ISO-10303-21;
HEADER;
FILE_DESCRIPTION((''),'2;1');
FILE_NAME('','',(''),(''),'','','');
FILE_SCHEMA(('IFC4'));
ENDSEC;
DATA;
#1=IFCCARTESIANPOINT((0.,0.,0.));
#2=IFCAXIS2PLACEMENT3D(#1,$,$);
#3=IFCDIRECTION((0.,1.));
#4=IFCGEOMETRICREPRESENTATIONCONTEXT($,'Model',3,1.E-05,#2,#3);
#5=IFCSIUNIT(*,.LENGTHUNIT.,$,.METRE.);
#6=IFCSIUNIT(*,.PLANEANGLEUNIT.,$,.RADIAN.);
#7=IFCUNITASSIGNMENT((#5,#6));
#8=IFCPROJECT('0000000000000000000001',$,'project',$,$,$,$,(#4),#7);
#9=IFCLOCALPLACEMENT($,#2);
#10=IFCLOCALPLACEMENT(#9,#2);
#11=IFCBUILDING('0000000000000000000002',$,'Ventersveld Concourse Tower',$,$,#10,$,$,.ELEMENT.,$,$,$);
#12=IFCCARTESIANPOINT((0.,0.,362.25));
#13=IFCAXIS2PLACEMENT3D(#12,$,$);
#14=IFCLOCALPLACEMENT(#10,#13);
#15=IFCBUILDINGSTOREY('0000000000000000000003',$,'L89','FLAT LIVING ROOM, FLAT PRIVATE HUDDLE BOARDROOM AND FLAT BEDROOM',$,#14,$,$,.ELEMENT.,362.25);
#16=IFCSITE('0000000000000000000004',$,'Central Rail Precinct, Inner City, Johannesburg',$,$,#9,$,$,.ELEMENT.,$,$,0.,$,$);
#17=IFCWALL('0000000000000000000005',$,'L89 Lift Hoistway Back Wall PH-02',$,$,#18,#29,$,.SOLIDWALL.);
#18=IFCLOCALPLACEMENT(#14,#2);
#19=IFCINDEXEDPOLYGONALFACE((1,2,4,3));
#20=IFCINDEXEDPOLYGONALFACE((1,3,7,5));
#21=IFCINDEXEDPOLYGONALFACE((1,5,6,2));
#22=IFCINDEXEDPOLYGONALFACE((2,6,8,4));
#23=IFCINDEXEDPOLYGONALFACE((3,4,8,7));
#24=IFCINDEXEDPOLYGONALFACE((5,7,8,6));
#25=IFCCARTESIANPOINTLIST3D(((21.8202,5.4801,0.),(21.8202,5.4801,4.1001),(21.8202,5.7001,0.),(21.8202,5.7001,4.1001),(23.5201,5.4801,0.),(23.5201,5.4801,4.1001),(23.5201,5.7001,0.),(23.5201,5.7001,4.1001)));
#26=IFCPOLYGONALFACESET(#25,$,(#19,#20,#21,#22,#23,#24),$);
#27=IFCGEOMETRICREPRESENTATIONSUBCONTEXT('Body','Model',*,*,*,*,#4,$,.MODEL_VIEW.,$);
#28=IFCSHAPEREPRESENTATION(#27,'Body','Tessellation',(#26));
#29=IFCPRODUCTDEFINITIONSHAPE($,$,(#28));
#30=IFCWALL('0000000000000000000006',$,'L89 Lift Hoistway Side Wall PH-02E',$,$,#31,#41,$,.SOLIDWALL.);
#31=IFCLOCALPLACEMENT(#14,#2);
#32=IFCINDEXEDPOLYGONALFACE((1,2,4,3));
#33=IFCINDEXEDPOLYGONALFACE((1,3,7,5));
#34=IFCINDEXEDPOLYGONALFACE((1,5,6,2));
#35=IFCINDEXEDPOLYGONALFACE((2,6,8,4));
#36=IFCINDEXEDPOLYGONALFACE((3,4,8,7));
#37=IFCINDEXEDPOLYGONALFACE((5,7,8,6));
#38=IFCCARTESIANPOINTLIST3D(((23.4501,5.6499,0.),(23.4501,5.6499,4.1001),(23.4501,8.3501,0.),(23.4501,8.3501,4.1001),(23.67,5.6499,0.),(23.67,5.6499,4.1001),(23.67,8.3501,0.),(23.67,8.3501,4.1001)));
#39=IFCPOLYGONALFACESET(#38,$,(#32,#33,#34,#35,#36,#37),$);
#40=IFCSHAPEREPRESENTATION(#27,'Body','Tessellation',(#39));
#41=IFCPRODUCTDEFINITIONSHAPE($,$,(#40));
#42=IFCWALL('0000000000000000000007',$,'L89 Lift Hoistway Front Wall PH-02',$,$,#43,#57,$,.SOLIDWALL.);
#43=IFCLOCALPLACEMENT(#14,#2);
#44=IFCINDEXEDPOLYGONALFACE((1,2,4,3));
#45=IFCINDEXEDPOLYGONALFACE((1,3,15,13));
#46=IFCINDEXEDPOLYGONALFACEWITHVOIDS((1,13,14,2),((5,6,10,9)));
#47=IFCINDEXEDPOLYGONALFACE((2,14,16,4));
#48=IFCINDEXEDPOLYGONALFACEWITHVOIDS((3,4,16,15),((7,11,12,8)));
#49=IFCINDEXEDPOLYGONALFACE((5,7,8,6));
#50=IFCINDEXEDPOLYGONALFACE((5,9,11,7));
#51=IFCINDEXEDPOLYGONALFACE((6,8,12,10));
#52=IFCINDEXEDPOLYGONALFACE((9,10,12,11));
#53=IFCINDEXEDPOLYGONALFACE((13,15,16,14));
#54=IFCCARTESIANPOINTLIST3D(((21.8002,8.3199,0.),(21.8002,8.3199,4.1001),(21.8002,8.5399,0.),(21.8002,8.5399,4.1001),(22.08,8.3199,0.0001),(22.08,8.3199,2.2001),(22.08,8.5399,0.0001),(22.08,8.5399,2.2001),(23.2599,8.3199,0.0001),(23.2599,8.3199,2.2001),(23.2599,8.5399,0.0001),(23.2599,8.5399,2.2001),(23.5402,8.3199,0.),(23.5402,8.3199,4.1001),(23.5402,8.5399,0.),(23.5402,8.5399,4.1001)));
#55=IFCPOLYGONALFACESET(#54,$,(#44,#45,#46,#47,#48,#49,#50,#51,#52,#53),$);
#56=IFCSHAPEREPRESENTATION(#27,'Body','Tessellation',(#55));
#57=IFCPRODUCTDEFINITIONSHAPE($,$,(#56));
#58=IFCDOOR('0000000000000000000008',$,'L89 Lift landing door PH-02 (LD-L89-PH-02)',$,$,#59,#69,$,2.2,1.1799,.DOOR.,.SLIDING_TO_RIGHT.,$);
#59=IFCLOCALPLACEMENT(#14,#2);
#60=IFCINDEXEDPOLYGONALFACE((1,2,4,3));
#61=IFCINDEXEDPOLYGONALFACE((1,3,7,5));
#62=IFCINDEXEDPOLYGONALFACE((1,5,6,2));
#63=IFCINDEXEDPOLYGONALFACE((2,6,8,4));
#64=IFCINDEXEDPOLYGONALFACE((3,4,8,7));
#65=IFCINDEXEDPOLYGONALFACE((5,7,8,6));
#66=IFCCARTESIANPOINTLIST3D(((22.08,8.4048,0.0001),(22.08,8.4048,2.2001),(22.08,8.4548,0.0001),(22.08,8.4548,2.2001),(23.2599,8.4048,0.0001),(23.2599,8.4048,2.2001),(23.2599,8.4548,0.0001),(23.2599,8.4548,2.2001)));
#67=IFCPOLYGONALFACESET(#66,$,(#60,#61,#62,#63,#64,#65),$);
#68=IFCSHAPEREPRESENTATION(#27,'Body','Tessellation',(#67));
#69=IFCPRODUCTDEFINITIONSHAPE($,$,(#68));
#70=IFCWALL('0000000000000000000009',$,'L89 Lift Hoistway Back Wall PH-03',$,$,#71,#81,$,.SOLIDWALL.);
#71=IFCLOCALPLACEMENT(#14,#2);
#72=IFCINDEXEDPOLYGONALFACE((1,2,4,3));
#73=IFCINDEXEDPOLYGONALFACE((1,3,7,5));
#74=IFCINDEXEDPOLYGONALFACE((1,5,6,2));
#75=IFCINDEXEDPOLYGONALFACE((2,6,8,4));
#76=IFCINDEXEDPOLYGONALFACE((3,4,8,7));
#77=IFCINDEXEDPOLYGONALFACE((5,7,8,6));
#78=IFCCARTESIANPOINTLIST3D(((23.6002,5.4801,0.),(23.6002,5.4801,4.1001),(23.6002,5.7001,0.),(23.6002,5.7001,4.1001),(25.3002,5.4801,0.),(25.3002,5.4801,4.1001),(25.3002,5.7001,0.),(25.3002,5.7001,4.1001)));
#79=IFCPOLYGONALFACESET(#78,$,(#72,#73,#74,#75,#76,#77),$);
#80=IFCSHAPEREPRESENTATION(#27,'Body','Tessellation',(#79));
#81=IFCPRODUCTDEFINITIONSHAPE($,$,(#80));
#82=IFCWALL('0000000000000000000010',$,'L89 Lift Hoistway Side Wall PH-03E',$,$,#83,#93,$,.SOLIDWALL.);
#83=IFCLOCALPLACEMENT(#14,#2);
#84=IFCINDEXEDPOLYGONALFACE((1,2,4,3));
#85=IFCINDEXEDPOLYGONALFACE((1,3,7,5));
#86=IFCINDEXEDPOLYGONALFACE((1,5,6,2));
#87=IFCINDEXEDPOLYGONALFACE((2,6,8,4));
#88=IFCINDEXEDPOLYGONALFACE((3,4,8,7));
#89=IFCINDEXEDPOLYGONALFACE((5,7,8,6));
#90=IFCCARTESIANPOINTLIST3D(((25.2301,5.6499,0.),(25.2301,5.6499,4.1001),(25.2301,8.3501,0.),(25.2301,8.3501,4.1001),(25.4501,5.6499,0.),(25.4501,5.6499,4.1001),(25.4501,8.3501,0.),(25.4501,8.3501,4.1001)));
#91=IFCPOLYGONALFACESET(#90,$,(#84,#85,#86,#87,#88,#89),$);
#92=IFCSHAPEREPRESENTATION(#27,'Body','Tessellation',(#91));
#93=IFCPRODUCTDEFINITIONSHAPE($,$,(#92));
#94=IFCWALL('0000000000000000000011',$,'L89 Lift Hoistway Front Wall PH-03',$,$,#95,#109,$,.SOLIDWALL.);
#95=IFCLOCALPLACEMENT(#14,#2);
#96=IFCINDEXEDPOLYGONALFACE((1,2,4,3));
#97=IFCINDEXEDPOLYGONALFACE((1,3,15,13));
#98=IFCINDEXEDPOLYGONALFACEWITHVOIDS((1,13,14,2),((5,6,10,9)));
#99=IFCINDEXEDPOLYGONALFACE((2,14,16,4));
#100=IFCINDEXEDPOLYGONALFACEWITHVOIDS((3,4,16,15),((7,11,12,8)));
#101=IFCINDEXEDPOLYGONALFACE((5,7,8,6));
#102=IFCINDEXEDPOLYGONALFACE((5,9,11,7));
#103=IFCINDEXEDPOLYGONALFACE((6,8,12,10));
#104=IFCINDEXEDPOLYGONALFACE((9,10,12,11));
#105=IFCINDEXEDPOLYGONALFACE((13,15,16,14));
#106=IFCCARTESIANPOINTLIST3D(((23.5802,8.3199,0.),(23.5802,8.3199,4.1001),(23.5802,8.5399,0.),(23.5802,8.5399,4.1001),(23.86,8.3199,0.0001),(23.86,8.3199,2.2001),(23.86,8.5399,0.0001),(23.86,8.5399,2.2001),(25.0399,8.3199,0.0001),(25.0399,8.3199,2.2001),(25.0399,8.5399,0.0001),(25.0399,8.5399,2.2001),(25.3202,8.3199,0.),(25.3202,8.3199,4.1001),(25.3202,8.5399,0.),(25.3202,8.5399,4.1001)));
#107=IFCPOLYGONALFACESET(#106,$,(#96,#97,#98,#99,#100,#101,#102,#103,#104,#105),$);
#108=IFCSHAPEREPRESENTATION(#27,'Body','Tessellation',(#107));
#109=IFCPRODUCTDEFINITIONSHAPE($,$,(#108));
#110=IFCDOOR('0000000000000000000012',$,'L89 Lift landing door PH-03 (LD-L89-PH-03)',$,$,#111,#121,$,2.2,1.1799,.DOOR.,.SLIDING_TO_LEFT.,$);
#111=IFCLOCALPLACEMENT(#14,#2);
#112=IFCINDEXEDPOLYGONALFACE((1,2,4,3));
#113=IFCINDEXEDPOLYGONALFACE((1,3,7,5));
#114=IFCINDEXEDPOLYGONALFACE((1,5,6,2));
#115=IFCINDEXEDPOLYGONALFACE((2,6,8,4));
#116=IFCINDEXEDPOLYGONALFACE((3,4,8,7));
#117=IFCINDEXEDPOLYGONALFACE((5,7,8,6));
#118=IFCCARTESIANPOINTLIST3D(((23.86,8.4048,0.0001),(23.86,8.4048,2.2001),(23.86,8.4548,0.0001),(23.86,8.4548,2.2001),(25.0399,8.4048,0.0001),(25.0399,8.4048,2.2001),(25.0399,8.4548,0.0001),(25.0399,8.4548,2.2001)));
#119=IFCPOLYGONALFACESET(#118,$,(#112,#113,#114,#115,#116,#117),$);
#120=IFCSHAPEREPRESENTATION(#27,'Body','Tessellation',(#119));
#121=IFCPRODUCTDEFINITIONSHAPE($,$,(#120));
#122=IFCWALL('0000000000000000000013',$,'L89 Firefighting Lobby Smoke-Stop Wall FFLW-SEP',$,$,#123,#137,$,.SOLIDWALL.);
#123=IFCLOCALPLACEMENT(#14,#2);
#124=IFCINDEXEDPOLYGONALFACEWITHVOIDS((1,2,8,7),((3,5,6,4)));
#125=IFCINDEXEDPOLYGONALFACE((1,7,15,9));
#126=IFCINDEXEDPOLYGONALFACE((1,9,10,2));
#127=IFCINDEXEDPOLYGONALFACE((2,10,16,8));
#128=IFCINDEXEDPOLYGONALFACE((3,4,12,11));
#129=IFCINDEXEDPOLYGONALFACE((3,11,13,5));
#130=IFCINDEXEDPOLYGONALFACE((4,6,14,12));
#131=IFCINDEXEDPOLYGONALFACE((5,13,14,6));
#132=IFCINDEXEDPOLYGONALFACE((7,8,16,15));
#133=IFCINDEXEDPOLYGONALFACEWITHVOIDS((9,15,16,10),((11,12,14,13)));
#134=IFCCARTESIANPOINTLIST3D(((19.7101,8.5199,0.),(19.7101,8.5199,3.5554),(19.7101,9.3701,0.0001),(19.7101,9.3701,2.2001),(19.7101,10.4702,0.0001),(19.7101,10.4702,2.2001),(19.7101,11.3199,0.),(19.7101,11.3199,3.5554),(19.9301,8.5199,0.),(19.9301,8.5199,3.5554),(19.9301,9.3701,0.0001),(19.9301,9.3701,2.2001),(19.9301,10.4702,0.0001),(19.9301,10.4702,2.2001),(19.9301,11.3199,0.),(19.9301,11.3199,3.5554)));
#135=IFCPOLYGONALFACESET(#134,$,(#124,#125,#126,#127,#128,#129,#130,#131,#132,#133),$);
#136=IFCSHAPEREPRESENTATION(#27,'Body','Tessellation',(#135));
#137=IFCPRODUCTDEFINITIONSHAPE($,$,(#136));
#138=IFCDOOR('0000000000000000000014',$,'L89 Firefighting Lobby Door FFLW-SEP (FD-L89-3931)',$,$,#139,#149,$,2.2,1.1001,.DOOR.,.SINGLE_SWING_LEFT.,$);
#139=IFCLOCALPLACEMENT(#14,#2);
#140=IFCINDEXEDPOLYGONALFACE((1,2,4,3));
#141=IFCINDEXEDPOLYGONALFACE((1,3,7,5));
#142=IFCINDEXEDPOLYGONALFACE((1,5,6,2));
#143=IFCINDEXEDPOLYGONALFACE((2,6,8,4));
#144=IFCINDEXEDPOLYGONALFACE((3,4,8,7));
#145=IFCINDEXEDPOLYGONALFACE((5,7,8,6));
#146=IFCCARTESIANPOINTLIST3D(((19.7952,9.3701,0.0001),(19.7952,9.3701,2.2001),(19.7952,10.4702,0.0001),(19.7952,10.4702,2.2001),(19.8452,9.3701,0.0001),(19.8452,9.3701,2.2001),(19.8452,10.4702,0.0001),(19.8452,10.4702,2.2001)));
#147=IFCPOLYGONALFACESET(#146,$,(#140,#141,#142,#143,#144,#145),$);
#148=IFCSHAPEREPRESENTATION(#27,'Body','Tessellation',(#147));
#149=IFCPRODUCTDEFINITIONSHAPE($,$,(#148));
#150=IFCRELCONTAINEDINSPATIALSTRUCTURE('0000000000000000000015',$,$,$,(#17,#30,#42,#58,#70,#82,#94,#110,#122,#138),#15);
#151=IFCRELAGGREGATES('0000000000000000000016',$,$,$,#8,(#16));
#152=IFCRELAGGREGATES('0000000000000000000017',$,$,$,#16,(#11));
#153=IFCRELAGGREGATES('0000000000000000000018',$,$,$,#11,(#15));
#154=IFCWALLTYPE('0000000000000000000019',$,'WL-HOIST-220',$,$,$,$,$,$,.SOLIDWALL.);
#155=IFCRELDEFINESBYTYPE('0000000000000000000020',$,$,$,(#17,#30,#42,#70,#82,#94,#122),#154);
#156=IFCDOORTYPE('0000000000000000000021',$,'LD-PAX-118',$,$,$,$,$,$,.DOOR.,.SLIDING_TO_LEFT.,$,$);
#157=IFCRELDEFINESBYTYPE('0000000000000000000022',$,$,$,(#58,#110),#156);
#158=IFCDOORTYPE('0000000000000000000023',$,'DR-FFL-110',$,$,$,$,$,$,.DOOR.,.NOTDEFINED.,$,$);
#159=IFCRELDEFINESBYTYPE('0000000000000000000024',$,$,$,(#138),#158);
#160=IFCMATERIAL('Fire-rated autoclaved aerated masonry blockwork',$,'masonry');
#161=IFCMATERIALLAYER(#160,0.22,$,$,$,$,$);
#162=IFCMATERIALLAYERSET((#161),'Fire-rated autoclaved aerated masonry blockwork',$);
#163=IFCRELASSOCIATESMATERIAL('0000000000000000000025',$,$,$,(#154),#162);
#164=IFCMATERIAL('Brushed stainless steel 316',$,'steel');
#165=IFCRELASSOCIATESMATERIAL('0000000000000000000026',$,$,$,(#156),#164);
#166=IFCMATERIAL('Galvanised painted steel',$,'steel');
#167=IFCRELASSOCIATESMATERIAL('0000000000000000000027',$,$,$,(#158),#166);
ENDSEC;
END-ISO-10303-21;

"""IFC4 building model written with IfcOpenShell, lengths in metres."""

from ifc_helpers import new_model, si_unit, direction, frame, frame_2d, origin, place, context, subcontext, project, spatial, rectangle, extrude, material, layer, layer_set, type_object, element, fill, save


model = new_model("IFC4")

# Units and contexts
model_context = context("Model", 3, precision=1e-05, world=origin(), true_north=direction((0.0, 1.0)))
body_context = subcontext(model_context, "Body", "Model", "MODEL_VIEW")
ifc_project = project(units=[si_unit("LENGTHUNIT", "METRE"), si_unit("PLANEANGLEUNIT", "RADIAN")], contexts=[model_context])

# Site, building, storey
site_placement = place(None, origin())
site = spatial("IfcSite", under=ifc_project, at=site_placement, Name="Central Rail Precinct, Inner City, Johannesburg", CompositionType="ELEMENT", RefElevation=0.0)
building_placement = place(site_placement, origin())
building = spatial("IfcBuilding", under=site, at=building_placement, Name="Ventersveld Concourse Tower", CompositionType="ELEMENT")
storey_placement = place(building_placement, frame((0.0, 0.0, 362.25)))
storey = spatial("IfcBuildingStorey", under=building, at=storey_placement, Name="L89", Description="FLAT LIVING ROOM, FLAT PRIVATE HUDDLE BOARDROOM AND FLAT BEDROOM", CompositionType="ELEMENT", Elevation=362.25)

# Shared definitions
ifc_material_1 = material(Name="Fire-rated autoclaved aerated masonry blockwork", Category="masonry")
ifc_material_2 = material(Name="Galvanised painted steel", Category="steel")

# Shared definitions
ifc_layer_1 = layer(ifc_material_1, 0.22)
ifc_layer_set_1 = layer_set([ifc_layer_1], Name="Fire-rated autoclaved aerated masonry blockwork")
wall_type_1 = type_object("IfcWallType", Name="WL-HOIST-220", PredefinedType="SOLIDWALL", material=ifc_layer_set_1)

# Shared definitions
ifc_material_3 = material(Name="Brushed stainless steel 316", Category="steel")
door_type_1 = type_object("IfcDoorType", Name="LD-PAX-118", OperationType="SLIDING_TO_LEFT", PredefinedType="DOOR", material=ifc_material_3)

# Walls
wall_1_placement = place(storey_placement, frame((21.8201, 5.5901, 0.0), z_axis=(0.0, 0.0, 1.0), x_axis=(1.0, 0.0, 0.0)))
element("IfcWall", 1, at=wall_1_placement, inside=storey, type_object=wall_type_1, Name="L89 Lift Hoistway Back Wall PH-02", PredefinedType="SOLIDWALL", context=body_context, shape_type="SweptSolid", body=[
    extrude(rectangle(XDim=1.7, YDim=0.22, at=frame_2d((0.8501, 0.0))), origin(), (0.0, 0.0, 1.0), 4.1001),
])
wall_2_placement = place(storey_placement, frame((23.5601, 5.6499, 0.0), z_axis=(0.0, 0.0, 1.0), x_axis=(0.0, 1.0, 0.0)))
element("IfcWall", 2, at=wall_2_placement, inside=storey, type_object=wall_type_1, Name="L89 Lift Hoistway Side Wall PH-02E", PredefinedType="SOLIDWALL", context=body_context, shape_type="SweptSolid", body=[
    extrude(rectangle(XDim=2.7002, YDim=0.22, at=frame_2d((1.3501, 0.0))), origin(), (0.0, 0.0, 1.0), 4.1001),
])

# Wall, opening, door
wall_3_placement = place(storey_placement, frame((21.8, 8.4299, 0.0), z_axis=(0.0, 0.0, 1.0), x_axis=(1.0, 0.0, 0.0)))
wall_3 = element("IfcWall", 3, at=wall_3_placement, inside=storey, type_object=wall_type_1, Name="L89 Lift Hoistway Front Wall PH-02", PredefinedType="SOLIDWALL", context=body_context, shape_type="SweptSolid", body=[
    extrude(rectangle(XDim=1.74, YDim=0.22, at=frame_2d((0.8701, 0.0))), origin(), (0.0, 0.0, 1.0), 4.1001),
])
opening_1_placement = place(wall_3_placement, frame((0.28, 0.0, 0.0)))
opening_1 = element("IfcOpeningElement", 4, at=opening_1_placement, cuts=wall_3, PredefinedType="OPENING", context=body_context, shape_type="SweptSolid", body=[
    extrude(rectangle(XDim=1.1799, YDim=2.2, at=frame_2d((0.5898, 1.1001))), frame((0.0, 0.1201, 0.0), z_axis=(0.0, -1.0, 0.0), x_axis=(1.0, 0.0, 0.0)), (0.0, 0.0, 1.0), 0.24),
])
door_1_placement = place(opening_1_placement, origin())
door_1 = element("IfcDoor", 5, at=door_1_placement, inside=storey, type_object=door_type_1, Name="L89 Lift landing door PH-02 (LD-L89-PH-02)", OperationType="SLIDING_TO_RIGHT", OverallHeight=2.2, OverallWidth=1.1799, PredefinedType="DOOR", context=body_context, shape_type="SweptSolid", body=[
    extrude(rectangle(XDim=1.1799, YDim=2.2, at=frame_2d((0.5898, 1.1001))), frame((0.0, 0.0249, 0.0), z_axis=(0.0, -1.0, 0.0), x_axis=(1.0, 0.0, 0.0)), (0.0, 0.0, 1.0), 0.05),
])
fill(opening_1, door_1)

# Walls
wall_4_placement = place(storey_placement, frame((23.6001, 5.5901, 0.0), z_axis=(0.0, 0.0, 1.0), x_axis=(1.0, 0.0, 0.0)))
element("IfcWall", 6, at=wall_4_placement, inside=storey, type_object=wall_type_1, Name="L89 Lift Hoistway Back Wall PH-03", PredefinedType="SOLIDWALL", context=body_context, shape_type="SweptSolid", body=[
    extrude(rectangle(XDim=1.7, YDim=0.22, at=frame_2d((0.8501, 0.0))), origin(), (0.0, 0.0, 1.0), 4.1001),
])
wall_5_placement = place(storey_placement, frame((25.3401, 5.6499, 0.0), z_axis=(0.0, 0.0, 1.0), x_axis=(0.0, 1.0, 0.0)))
element("IfcWall", 7, at=wall_5_placement, inside=storey, type_object=wall_type_1, Name="L89 Lift Hoistway Side Wall PH-03E", PredefinedType="SOLIDWALL", context=body_context, shape_type="SweptSolid", body=[
    extrude(rectangle(XDim=2.7002, YDim=0.22, at=frame_2d((1.3501, 0.0))), origin(), (0.0, 0.0, 1.0), 4.1001),
])

# Walls, openings, doors
wall_6_placement = place(storey_placement, frame((23.5801, 8.4299, 0.0), z_axis=(0.0, 0.0, 1.0), x_axis=(1.0, 0.0, 0.0)))
wall_6 = element("IfcWall", 8, at=wall_6_placement, inside=storey, type_object=wall_type_1, Name="L89 Lift Hoistway Front Wall PH-03", PredefinedType="SOLIDWALL", context=body_context, shape_type="SweptSolid", body=[
    extrude(rectangle(XDim=1.74, YDim=0.22, at=frame_2d((0.8701, 0.0))), origin(), (0.0, 0.0, 1.0), 4.1001),
])
opening_2_placement = place(wall_6_placement, frame((0.28, 0.0, 0.0)))
opening_2 = element("IfcOpeningElement", 9, at=opening_2_placement, cuts=wall_6, PredefinedType="OPENING", context=body_context, shape_type="SweptSolid", body=[
    extrude(rectangle(XDim=1.1799, YDim=2.2, at=frame_2d((0.5898, 1.1001))), frame((0.0, 0.1201, 0.0), z_axis=(0.0, -1.0, 0.0), x_axis=(1.0, 0.0, 0.0)), (0.0, 0.0, 1.0), 0.24),
])
door_2_placement = place(opening_2_placement, origin())
door_2 = element("IfcDoor", 10, at=door_2_placement, inside=storey, type_object=door_type_1, Name="L89 Lift landing door PH-03 (LD-L89-PH-03)", OperationType="SLIDING_TO_LEFT", OverallHeight=2.2, OverallWidth=1.1799, PredefinedType="DOOR", context=body_context, shape_type="SweptSolid", body=[
    extrude(rectangle(XDim=1.1799, YDim=2.2, at=frame_2d((0.5898, 1.1001))), frame((0.0, 0.0249, 0.0), z_axis=(0.0, -1.0, 0.0), x_axis=(1.0, 0.0, 0.0)), (0.0, 0.0, 1.0), 0.05),
])
fill(opening_2, door_2)
wall_7_placement = place(storey_placement, frame((19.8201, 8.52, 0.0), z_axis=(0.0, 0.0, 1.0), x_axis=(0.0, 1.0, 0.0)))
wall_7 = element("IfcWall", 11, at=wall_7_placement, inside=storey, type_object=wall_type_1, Name="L89 Firefighting Lobby Smoke-Stop Wall FFLW-SEP", PredefinedType="SOLIDWALL", context=body_context, shape_type="SweptSolid", body=[
    extrude(rectangle(XDim=2.8, YDim=0.22, at=frame_2d((1.3999, 0.0))), origin(), (0.0, 0.0, 1.0), 3.5554),
])
opening_3_placement = place(wall_7_placement, frame((0.8501, 0.0, 0.0)))
opening_3 = element("IfcOpeningElement", 12, at=opening_3_placement, cuts=wall_7, PredefinedType="OPENING", context=body_context, shape_type="SweptSolid", body=[
    extrude(rectangle(XDim=1.1001, YDim=2.2, at=frame_2d((0.55, 1.1001))), frame((0.0, 0.1201, 0.0), z_axis=(0.0, -1.0, 0.0), x_axis=(1.0, 0.0, 0.0)), (0.0, 0.0, 1.0), 0.24),
])
door_type_2 = type_object("IfcDoorType", Name="DR-FFL-110", OperationType="NOTDEFINED", PredefinedType="DOOR", material=ifc_material_2)
door_3_placement = place(opening_3_placement, origin())
door_3 = element("IfcDoor", 13, at=door_3_placement, inside=storey, type_object=door_type_2, Name="L89 Firefighting Lobby Door FFLW-SEP (FD-L89-3931)", OperationType="SINGLE_SWING_LEFT", OverallHeight=2.2, OverallWidth=1.1001, PredefinedType="DOOR", context=body_context, shape_type="SweptSolid", body=[
    extrude(rectangle(XDim=1.1001, YDim=2.2, at=frame_2d((0.55, 1.1001))), frame((0.0, 0.0249, 0.0), z_axis=(0.0, -1.0, 0.0), x_axis=(1.0, 0.0, 0.0)), (0.0, 0.0, 1.0), 0.05),
])
fill(opening_3, door_3)

save(model, "model.ifc")
